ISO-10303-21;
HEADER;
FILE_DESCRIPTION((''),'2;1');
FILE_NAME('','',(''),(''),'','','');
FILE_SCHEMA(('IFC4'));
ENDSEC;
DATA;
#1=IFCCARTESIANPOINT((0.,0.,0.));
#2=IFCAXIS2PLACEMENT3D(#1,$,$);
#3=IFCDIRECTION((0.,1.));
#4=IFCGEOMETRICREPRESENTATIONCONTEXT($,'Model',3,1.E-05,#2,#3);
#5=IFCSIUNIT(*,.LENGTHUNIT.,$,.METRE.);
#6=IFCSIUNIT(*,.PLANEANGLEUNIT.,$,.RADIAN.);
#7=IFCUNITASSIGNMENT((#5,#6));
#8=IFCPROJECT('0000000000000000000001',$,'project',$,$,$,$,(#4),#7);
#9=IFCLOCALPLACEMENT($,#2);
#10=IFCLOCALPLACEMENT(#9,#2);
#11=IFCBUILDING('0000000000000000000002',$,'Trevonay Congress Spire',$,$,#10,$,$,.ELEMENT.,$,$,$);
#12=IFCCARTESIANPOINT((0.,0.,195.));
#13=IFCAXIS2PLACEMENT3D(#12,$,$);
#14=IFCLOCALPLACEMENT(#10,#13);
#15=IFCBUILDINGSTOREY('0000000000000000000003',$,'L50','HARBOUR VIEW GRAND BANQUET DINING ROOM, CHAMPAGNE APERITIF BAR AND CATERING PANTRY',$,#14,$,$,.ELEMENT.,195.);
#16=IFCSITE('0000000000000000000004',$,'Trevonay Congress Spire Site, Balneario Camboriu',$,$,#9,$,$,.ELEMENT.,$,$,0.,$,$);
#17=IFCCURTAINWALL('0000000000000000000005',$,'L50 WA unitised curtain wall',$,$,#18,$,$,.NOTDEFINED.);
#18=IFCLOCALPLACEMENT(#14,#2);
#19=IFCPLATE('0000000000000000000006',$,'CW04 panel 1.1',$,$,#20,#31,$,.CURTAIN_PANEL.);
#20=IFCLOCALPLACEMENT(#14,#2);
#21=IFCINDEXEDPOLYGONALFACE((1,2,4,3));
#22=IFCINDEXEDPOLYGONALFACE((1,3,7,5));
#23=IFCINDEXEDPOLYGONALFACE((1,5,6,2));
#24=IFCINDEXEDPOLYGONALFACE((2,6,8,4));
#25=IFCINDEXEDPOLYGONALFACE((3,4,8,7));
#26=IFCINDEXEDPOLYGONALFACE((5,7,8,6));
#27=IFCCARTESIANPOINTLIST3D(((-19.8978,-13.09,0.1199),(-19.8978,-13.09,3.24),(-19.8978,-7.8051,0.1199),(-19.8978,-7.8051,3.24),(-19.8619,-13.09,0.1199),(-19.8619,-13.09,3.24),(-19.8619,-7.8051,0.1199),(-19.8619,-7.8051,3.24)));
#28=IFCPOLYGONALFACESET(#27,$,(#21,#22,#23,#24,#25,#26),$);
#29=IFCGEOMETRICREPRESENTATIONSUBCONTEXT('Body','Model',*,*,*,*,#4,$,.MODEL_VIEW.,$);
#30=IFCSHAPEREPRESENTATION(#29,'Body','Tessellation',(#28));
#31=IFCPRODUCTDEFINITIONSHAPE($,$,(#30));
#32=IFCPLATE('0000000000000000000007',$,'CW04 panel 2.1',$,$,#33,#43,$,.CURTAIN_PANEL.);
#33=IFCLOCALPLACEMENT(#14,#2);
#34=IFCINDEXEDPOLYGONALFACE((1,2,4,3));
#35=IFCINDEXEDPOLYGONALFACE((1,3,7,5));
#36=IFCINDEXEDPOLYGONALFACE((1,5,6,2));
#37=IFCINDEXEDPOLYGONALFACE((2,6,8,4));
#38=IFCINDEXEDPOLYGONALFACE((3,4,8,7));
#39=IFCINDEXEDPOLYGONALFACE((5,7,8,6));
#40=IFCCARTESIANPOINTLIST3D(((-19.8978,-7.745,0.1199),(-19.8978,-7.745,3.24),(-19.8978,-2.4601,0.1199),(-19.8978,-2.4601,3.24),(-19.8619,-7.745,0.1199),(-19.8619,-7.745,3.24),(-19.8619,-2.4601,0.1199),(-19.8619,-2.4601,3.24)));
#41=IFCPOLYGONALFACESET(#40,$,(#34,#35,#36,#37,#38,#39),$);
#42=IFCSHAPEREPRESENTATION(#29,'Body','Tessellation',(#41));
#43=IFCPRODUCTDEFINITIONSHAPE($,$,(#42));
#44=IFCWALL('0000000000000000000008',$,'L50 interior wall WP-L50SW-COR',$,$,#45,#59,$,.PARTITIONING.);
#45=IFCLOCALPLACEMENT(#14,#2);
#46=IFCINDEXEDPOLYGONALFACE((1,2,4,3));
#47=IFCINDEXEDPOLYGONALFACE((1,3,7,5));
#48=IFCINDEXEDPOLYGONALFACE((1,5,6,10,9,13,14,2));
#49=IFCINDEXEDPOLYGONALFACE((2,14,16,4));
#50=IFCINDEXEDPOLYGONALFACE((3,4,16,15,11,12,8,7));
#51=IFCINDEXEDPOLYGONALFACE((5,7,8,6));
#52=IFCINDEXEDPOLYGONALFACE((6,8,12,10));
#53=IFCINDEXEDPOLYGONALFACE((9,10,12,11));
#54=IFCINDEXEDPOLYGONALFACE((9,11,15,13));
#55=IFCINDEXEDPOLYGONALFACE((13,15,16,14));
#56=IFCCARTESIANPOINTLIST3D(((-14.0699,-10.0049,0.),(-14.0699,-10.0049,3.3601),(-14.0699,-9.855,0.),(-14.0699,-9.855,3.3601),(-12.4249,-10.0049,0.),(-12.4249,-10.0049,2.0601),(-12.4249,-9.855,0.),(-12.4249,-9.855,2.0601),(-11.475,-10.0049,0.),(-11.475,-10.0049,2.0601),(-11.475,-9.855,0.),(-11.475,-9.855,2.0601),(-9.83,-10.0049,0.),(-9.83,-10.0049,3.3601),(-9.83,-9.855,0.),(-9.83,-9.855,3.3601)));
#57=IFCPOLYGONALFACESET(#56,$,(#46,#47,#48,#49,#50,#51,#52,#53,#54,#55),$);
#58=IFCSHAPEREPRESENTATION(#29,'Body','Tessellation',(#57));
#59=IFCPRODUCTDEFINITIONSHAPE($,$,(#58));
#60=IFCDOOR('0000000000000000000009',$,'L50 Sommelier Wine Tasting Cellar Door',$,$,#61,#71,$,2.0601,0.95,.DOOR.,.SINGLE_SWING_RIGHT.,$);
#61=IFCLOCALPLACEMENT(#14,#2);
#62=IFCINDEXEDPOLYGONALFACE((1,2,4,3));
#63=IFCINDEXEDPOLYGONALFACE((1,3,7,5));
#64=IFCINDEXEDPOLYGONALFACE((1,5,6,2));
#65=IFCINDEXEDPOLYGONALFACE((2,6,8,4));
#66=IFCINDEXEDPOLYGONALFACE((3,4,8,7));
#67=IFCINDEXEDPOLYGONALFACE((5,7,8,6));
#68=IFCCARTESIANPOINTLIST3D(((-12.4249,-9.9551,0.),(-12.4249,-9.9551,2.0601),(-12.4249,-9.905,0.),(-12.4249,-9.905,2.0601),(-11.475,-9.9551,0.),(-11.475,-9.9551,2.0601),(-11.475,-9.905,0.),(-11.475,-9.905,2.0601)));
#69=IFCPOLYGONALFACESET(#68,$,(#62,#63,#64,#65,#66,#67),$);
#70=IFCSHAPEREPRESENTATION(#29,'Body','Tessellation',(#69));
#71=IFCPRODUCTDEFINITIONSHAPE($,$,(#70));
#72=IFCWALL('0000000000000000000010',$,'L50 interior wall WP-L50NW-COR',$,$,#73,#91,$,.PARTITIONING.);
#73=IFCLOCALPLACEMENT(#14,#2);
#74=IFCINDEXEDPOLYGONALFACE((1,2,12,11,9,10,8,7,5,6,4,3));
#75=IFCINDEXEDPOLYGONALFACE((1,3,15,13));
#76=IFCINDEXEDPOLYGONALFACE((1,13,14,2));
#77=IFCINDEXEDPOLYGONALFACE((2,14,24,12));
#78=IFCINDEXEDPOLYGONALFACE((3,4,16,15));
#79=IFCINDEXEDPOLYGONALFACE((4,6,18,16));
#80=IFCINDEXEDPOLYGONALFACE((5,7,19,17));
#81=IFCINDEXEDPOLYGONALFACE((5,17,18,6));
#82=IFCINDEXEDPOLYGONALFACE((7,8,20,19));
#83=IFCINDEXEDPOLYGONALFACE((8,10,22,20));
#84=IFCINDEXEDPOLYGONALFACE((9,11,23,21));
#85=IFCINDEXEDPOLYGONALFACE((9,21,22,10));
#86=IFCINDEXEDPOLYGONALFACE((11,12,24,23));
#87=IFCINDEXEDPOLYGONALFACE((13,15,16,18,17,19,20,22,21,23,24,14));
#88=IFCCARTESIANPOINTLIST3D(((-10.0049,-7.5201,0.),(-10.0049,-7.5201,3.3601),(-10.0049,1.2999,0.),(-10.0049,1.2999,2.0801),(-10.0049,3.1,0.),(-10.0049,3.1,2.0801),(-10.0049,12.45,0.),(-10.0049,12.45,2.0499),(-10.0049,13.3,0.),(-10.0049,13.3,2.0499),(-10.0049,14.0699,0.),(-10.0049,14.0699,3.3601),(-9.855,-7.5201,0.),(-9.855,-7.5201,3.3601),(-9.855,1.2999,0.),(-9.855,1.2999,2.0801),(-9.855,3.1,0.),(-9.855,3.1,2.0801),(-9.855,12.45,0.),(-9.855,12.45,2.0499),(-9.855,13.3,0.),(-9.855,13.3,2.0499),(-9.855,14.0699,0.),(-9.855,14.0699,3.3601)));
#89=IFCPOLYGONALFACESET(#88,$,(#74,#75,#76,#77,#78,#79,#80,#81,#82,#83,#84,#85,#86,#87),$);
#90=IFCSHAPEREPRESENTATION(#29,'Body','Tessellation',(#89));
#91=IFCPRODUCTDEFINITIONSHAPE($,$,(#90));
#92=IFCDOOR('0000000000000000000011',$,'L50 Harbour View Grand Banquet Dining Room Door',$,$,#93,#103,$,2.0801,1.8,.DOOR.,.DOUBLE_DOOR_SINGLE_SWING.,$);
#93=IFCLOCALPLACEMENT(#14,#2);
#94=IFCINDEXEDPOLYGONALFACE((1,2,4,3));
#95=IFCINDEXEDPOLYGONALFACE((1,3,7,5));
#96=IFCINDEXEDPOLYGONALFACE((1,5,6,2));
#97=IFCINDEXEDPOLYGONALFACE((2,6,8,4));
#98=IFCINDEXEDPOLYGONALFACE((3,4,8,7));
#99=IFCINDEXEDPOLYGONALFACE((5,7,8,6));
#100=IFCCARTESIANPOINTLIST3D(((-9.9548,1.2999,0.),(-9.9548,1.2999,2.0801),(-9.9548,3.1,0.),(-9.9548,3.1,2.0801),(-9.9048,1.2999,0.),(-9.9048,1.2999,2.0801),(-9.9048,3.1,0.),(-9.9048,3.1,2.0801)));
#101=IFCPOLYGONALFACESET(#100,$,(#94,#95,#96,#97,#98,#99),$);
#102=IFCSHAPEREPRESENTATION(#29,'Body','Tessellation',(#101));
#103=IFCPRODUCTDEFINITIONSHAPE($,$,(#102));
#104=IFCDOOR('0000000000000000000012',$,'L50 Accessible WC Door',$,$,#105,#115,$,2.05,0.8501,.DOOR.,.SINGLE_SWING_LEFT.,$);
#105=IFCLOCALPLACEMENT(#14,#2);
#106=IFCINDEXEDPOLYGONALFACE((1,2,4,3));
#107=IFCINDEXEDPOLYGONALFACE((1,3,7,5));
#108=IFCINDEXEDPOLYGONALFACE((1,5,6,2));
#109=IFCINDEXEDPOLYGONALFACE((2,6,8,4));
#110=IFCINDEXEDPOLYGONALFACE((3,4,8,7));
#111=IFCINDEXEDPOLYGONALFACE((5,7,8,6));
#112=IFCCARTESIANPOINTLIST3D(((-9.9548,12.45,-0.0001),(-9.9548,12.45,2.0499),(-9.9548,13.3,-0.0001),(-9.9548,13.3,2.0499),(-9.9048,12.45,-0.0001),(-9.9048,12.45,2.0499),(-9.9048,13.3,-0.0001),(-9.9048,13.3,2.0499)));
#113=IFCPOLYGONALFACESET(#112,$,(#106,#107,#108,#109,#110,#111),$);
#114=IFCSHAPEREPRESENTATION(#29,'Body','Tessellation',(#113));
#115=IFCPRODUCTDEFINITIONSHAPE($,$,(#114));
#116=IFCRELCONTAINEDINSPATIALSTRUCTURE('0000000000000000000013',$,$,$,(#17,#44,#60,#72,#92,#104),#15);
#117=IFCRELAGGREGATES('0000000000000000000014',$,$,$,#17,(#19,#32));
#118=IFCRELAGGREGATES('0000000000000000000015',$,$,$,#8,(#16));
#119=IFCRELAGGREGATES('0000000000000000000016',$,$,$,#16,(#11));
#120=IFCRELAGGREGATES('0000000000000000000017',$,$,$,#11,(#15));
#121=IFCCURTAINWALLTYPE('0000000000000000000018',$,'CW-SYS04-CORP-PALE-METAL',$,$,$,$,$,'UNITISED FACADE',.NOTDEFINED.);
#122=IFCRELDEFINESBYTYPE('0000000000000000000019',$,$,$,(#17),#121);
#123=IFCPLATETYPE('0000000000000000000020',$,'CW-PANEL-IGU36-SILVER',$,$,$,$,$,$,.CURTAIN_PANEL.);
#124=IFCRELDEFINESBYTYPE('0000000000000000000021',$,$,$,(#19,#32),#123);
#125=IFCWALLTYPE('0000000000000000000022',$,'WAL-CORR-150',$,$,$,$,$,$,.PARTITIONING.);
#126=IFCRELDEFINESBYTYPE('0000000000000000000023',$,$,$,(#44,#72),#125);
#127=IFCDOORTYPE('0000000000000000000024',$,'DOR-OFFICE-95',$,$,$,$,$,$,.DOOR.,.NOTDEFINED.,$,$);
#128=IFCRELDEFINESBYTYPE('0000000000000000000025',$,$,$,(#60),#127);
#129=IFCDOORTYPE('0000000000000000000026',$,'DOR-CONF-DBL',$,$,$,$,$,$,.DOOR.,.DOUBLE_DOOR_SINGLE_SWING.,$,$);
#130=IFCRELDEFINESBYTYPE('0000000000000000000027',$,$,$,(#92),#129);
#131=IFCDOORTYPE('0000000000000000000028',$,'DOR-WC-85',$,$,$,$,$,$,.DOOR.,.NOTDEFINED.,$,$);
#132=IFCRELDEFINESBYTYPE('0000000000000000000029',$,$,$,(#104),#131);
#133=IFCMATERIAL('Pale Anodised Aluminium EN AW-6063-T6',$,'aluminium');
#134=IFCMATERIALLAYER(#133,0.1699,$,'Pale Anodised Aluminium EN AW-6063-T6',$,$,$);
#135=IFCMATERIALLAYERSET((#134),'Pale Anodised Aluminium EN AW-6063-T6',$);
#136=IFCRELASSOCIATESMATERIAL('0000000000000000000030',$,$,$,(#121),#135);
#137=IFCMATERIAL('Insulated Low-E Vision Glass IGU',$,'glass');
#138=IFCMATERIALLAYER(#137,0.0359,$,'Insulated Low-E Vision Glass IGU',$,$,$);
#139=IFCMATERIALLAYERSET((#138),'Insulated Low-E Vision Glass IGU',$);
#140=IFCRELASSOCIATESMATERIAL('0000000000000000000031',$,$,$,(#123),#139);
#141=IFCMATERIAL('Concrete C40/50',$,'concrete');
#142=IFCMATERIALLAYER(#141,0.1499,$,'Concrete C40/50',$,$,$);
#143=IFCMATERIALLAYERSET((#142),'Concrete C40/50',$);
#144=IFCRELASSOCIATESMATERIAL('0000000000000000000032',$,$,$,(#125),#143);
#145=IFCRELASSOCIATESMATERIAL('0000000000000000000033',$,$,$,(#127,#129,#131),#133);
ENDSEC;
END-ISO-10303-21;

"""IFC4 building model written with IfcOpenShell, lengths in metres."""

from ifc_helpers import new_model, si_unit, direction, frame, frame_2d, origin, origin_2d, place, context, subcontext, project, spatial, rectangle, extrude, material, layer, layer_set, type_object, element, fill, aggregate, save


model = new_model("IFC4")

# Units and contexts
model_context = context("Model", 3, precision=1e-05, world=origin(), true_north=direction((0.0, 1.0)))
body_context = subcontext(model_context, "Body", "Model", "MODEL_VIEW")
ifc_project = project(units=[si_unit("LENGTHUNIT", "METRE"), si_unit("PLANEANGLEUNIT", "RADIAN")], contexts=[model_context])

# Site, building, storey
site_placement = place(None, origin())
site = spatial("IfcSite", under=ifc_project, at=site_placement, Name="Trevonay Congress Spire Site, Balneario Camboriu", CompositionType="ELEMENT", RefElevation=0.0)
building_placement = place(site_placement, origin())
building = spatial("IfcBuilding", under=site, at=building_placement, Name="Trevonay Congress Spire", CompositionType="ELEMENT")
storey_placement = place(building_placement, frame((0.0, 0.0, 195.0)))
storey = spatial("IfcBuildingStorey", under=building, at=storey_placement, Name="L50", Description="HARBOUR VIEW GRAND BANQUET DINING ROOM, CHAMPAGNE APERITIF BAR AND CATERING PANTRY", CompositionType="ELEMENT", Elevation=195.0)

# Curtain wall, plates
ifc_material_1 = material(Name="Pale Anodised Aluminium EN AW-6063-T6", Category="aluminium")
ifc_layer_1 = layer(ifc_material_1, 0.1699, Name="Pale Anodised Aluminium EN AW-6063-T6")
ifc_layer_set_1 = layer_set([ifc_layer_1], Name="Pale Anodised Aluminium EN AW-6063-T6")
curtain_wall_type = type_object("IfcCurtainWallType", Name="CW-SYS04-CORP-PALE-METAL", ElementType="UNITISED FACADE", PredefinedType="NOTDEFINED", material=ifc_layer_set_1)
curtain_wall_placement = place(storey_placement, origin())
curtain_wall = element("IfcCurtainWall", 1, at=curtain_wall_placement, inside=storey, type_object=curtain_wall_type, Name="L50 WA unitised curtain wall", PredefinedType="NOTDEFINED")
ifc_material_2 = material(Name="Insulated Low-E Vision Glass IGU", Category="glass")
ifc_layer_2 = layer(ifc_material_2, 0.0359, Name="Insulated Low-E Vision Glass IGU")
ifc_layer_set_2 = layer_set([ifc_layer_2], Name="Insulated Low-E Vision Glass IGU")
plate_type = type_object("IfcPlateType", Name="CW-PANEL-IGU36-SILVER", PredefinedType="CURTAIN_PANEL", material=ifc_layer_set_2)
plate_1_placement = place(storey_placement, frame((-19.8799, -10.4475, 0.1199), z_axis=(0.0, 0.0, 1.0), x_axis=(0.0, 1.0, 0.0)))
plate_1 = element("IfcPlate", 2, at=plate_1_placement, type_object=plate_type, Name="CW04 panel 1.1", PredefinedType="CURTAIN_PANEL", context=body_context, shape_type="SweptSolid", body=[
    extrude(rectangle(XDim=5.2849, YDim=0.0359, at=origin_2d()), origin(), (0.0, 0.0, 1.0), 3.1201),
])
plate_2_placement = place(storey_placement, frame((-19.8799, -5.1025, 0.1199), z_axis=(0.0, 0.0, 1.0), x_axis=(0.0, 1.0, 0.0)))
plate_2 = element("IfcPlate", 3, at=plate_2_placement, type_object=plate_type, Name="CW04 panel 2.1", PredefinedType="CURTAIN_PANEL", context=body_context, shape_type="SweptSolid", body=[
    extrude(rectangle(XDim=5.2849, YDim=0.0359, at=origin_2d()), origin(), (0.0, 0.0, 1.0), 3.1201),
])
aggregate(curtain_wall, [plate_1, plate_2])

# Wall, opening, door
ifc_material_3 = material(Name="Concrete C40/50", Category="concrete")
ifc_layer_3 = layer(ifc_material_3, 0.1499, Name="Concrete C40/50")
ifc_layer_set_3 = layer_set([ifc_layer_3], Name="Concrete C40/50")
wall_type_1 = type_object("IfcWallType", Name="WAL-CORR-150", PredefinedType="PARTITIONING", material=ifc_layer_set_3)
wall_1_placement = place(storey_placement, frame((-14.0701, -9.9299, 0.0), z_axis=(0.0, 0.0, 1.0), x_axis=(1.0, 0.0, 0.0)))
wall_1 = element("IfcWall", 4, at=wall_1_placement, inside=storey, type_object=wall_type_1, Name="L50 interior wall WP-L50SW-COR", PredefinedType="PARTITIONING", context=body_context, shape_type="SweptSolid", body=[
    extrude(rectangle(XDim=4.24, YDim=0.1499, at=frame_2d((2.1201, 0.0))), origin(), (0.0, 0.0, 1.0), 3.3601),
])
opening_1_placement = place(wall_1_placement, frame((1.645, 0.0, 0.0)))
opening_1 = element("IfcOpeningElement", 5, at=opening_1_placement, cuts=wall_1, PredefinedType="OPENING", context=body_context, shape_type="SweptSolid", body=[
    extrude(rectangle(XDim=0.95, YDim=2.0601, at=frame_2d((0.4751, 1.03))), frame((0.0, 0.085, 0.0), z_axis=(0.0, -1.0, 0.0), x_axis=(1.0, 0.0, 0.0)), (0.0, 0.0, 1.0), 0.1699),
])
door_type_1 = type_object("IfcDoorType", Name="DOR-OFFICE-95", OperationType="NOTDEFINED", PredefinedType="DOOR", material=ifc_material_1)
door_1_placement = place(opening_1_placement, origin())
door_1 = element("IfcDoor", 6, at=door_1_placement, inside=storey, type_object=door_type_1, Name="L50 Sommelier Wine Tasting Cellar Door", OperationType="SINGLE_SWING_RIGHT", OverallHeight=2.0601, OverallWidth=0.95, PredefinedType="DOOR", context=body_context, shape_type="SweptSolid", body=[
    extrude(rectangle(XDim=0.95, YDim=2.0601, at=frame_2d((0.4751, 1.03))), frame((0.0, 0.0249, 0.0), z_axis=(0.0, -1.0, 0.0), x_axis=(1.0, 0.0, 0.0)), (0.0, 0.0, 1.0), 0.05),
])
fill(opening_1, door_1)

# Wall, openings, doors
wall_2_placement = place(storey_placement, frame((-9.9299, -7.52, 0.0), z_axis=(0.0, 0.0, 1.0), x_axis=(0.0, 1.0, 0.0)))
wall_2 = element("IfcWall", 7, at=wall_2_placement, inside=storey, type_object=wall_type_1, Name="L50 interior wall WP-L50NW-COR", PredefinedType="PARTITIONING", context=body_context, shape_type="SweptSolid", body=[
    extrude(rectangle(XDim=21.5901, YDim=0.1499, at=frame_2d((10.7949, 0.0))), origin(), (0.0, 0.0, 1.0), 3.3601),
])
opening_2_placement = place(wall_2_placement, frame((8.8201, 0.0, 0.0)))
opening_2 = element("IfcOpeningElement", 8, at=opening_2_placement, cuts=wall_2, PredefinedType="OPENING", context=body_context, shape_type="SweptSolid", body=[
    extrude(rectangle(XDim=1.8, YDim=2.0801, at=frame_2d((0.8999, 1.04))), frame((0.0, 0.085, 0.0), z_axis=(0.0, -1.0, 0.0), x_axis=(1.0, 0.0, 0.0)), (0.0, 0.0, 1.0), 0.1699),
])
opening_3_placement = place(wall_2_placement, frame((19.97, 0.0, 0.0)))
opening_3 = element("IfcOpeningElement", 9, at=opening_3_placement, cuts=wall_2, PredefinedType="OPENING", context=body_context, shape_type="SweptSolid", body=[
    extrude(rectangle(XDim=0.8501, YDim=2.05, at=frame_2d((0.425, 1.0249))), frame((0.0, 0.085, 0.0), z_axis=(0.0, -1.0, 0.0), x_axis=(1.0, 0.0, 0.0)), (0.0, 0.0, 1.0), 0.1699),
])
door_type_2 = type_object("IfcDoorType", Name="DOR-CONF-DBL", OperationType="DOUBLE_DOOR_SINGLE_SWING", PredefinedType="DOOR", material=ifc_material_1)
door_2_placement = place(opening_2_placement, origin())
door_2 = element("IfcDoor", 10, at=door_2_placement, inside=storey, type_object=door_type_2, Name="L50 Harbour View Grand Banquet Dining Room Door", OperationType="DOUBLE_DOOR_SINGLE_SWING", OverallHeight=2.0801, OverallWidth=1.8, PredefinedType="DOOR", context=body_context, shape_type="SweptSolid", body=[
    extrude(rectangle(XDim=1.8, YDim=2.0801, at=frame_2d((0.8999, 1.04))), frame((0.0, 0.0249, 0.0), z_axis=(0.0, -1.0, 0.0), x_axis=(1.0, 0.0, 0.0)), (0.0, 0.0, 1.0), 0.05),
])
fill(opening_2, door_2)
door_type_3 = type_object("IfcDoorType", Name="DOR-WC-85", OperationType="NOTDEFINED", PredefinedType="DOOR", material=ifc_material_1)
door_3_placement = place(opening_3_placement, origin())
door_3 = element("IfcDoor", 11, at=door_3_placement, inside=storey, type_object=door_type_3, Name="L50 Accessible WC Door", OperationType="SINGLE_SWING_LEFT", OverallHeight=2.05, OverallWidth=0.8501, PredefinedType="DOOR", context=body_context, shape_type="SweptSolid", body=[
    extrude(rectangle(XDim=0.8501, YDim=2.05, at=frame_2d((0.425, 1.0249))), frame((0.0, 0.0249, 0.0), z_axis=(0.0, -1.0, 0.0), x_axis=(1.0, 0.0, 0.0)), (0.0, 0.0, 1.0), 0.05),
])
fill(opening_3, door_3)

save(model, "model.ifc")
